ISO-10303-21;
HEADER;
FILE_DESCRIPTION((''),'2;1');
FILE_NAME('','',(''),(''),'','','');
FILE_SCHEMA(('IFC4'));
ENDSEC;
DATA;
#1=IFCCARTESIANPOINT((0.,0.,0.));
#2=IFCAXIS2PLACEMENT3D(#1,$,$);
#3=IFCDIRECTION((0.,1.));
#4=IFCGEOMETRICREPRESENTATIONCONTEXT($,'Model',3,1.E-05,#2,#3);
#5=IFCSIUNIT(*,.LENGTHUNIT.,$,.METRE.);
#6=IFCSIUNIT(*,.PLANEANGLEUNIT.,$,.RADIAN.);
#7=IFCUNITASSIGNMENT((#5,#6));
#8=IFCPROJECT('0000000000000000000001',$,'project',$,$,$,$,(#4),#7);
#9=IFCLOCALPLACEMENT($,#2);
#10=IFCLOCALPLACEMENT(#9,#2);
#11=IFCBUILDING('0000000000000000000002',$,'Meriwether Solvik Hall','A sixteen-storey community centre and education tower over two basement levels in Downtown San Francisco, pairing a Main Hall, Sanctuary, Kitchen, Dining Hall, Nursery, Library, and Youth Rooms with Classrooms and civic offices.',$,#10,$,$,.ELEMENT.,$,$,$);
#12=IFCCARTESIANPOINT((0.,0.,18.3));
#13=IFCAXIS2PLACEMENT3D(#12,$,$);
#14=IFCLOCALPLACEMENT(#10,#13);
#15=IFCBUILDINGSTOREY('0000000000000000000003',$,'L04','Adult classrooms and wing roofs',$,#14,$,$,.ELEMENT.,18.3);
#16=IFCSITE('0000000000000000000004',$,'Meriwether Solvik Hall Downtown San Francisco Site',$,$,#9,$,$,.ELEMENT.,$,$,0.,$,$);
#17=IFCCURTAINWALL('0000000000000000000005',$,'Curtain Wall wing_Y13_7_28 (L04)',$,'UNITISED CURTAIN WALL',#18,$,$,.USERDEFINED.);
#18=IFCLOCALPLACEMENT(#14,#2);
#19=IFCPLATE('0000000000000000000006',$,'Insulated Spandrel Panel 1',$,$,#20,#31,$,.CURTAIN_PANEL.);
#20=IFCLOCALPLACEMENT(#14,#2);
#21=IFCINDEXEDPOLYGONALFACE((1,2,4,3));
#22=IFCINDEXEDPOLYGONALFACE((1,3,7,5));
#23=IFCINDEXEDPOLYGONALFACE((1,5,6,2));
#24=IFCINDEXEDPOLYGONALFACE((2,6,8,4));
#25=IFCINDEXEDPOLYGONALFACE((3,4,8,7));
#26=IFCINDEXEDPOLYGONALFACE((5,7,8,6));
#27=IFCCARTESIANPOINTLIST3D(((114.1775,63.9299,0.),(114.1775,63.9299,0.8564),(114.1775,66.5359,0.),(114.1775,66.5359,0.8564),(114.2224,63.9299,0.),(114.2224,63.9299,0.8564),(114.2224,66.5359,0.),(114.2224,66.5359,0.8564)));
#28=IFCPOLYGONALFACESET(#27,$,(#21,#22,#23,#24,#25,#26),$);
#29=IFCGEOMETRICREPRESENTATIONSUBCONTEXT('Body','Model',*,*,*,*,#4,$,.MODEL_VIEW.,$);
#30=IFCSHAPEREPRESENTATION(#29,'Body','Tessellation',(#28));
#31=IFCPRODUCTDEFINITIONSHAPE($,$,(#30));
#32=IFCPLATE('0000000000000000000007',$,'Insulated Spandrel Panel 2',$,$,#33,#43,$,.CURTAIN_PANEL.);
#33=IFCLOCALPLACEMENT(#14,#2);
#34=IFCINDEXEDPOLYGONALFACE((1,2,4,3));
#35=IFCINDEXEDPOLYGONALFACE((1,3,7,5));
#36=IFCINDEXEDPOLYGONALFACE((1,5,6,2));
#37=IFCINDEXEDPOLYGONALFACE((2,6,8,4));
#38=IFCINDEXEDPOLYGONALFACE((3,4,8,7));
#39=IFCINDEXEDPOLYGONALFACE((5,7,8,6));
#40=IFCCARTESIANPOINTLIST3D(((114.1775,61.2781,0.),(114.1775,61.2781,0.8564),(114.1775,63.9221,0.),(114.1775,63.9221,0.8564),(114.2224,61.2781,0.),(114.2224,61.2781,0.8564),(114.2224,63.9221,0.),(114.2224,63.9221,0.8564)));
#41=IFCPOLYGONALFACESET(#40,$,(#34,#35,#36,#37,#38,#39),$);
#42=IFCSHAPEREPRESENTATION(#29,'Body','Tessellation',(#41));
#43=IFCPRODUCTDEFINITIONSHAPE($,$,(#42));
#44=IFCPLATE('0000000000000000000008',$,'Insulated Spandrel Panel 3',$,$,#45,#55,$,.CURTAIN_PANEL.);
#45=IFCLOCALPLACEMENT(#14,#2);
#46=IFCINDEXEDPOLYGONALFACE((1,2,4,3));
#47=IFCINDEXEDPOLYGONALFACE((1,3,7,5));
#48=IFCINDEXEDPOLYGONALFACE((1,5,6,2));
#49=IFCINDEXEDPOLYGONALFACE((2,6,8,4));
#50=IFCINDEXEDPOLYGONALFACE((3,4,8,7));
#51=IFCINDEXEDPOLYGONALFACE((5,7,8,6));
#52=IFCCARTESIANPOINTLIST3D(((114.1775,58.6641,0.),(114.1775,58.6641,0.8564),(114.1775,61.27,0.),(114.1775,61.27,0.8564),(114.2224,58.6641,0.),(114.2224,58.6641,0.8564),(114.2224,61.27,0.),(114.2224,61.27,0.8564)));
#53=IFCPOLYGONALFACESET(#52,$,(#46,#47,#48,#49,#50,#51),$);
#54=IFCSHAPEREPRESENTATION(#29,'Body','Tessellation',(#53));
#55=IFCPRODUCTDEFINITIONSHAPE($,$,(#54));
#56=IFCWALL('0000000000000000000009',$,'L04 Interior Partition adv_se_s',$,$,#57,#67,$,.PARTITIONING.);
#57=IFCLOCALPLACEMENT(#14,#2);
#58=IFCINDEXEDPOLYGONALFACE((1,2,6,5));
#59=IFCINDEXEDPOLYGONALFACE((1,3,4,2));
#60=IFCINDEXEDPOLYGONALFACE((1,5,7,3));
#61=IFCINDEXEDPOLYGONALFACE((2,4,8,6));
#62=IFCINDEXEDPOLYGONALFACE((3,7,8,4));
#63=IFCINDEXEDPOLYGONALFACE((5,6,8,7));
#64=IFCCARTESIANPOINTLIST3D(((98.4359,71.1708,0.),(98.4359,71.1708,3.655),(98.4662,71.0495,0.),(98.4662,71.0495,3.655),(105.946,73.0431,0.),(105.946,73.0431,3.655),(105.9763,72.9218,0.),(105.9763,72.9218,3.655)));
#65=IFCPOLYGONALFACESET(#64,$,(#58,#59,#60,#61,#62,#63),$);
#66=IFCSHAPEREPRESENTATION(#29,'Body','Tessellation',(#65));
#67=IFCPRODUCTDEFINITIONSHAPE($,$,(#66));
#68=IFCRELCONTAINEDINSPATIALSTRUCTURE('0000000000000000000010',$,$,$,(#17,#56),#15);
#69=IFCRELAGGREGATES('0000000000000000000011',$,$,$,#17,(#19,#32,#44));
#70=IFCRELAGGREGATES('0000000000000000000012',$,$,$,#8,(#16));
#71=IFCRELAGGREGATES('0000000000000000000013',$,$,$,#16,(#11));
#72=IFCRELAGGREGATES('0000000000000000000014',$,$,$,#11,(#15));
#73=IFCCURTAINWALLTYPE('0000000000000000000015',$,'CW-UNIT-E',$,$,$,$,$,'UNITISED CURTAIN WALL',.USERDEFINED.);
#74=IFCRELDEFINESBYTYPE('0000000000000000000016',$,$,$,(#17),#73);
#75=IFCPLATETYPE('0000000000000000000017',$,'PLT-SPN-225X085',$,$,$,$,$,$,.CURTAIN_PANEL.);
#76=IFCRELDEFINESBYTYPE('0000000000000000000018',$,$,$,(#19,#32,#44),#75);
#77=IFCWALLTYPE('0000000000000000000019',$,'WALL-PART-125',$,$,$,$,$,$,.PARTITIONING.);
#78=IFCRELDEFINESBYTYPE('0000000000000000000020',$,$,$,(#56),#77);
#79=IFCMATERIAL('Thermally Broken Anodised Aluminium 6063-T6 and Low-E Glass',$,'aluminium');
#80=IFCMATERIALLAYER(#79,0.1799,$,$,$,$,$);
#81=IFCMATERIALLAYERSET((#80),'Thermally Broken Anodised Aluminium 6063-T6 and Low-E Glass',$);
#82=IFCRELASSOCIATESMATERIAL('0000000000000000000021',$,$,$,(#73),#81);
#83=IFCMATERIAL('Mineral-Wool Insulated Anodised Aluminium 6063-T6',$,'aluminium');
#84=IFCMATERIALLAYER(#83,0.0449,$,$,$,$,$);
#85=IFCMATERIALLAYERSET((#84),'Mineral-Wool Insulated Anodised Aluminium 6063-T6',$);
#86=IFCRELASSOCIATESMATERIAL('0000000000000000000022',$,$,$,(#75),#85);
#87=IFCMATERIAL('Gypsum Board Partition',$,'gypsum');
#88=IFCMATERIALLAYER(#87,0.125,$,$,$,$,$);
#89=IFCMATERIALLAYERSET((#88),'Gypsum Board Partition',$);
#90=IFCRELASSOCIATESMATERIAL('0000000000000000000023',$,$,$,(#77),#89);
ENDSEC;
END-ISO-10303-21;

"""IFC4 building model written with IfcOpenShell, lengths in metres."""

from ifc_helpers import new_model, si_unit, direction, frame, frame_2d, origin, origin_2d, place, context, subcontext, project, spatial, rectangle, extrude, material, layer, layer_set, type_object, element, aggregate, save


model = new_model("IFC4")

# Units and contexts
model_context = context("Model", 3, precision=1e-05, world=origin(), true_north=direction((0.0, 1.0)))
body_context = subcontext(model_context, "Body", "Model", "MODEL_VIEW")
ifc_project = project(units=[si_unit("LENGTHUNIT", "METRE"), si_unit("PLANEANGLEUNIT", "RADIAN")], contexts=[model_context])

# Site, building, storey
site_placement = place(None, origin())
site = spatial("IfcSite", under=ifc_project, at=site_placement, Name="Meriwether Solvik Hall Downtown San Francisco Site", CompositionType="ELEMENT", RefElevation=0.0)
building_placement = place(site_placement, origin())
building = spatial("IfcBuilding", under=site, at=building_placement, Name="Meriwether Solvik Hall", Description="A sixteen-storey community centre and education tower over two basement levels in Downtown San Francisco, pairing a Main Hall, Sanctuary, Kitchen, Dining Hall, Nursery, Library, and Youth Rooms with Classrooms and civic offices.", CompositionType="ELEMENT")
storey_placement = place(building_placement, frame((0.0, 0.0, 18.3)))
storey = spatial("IfcBuildingStorey", under=building, at=storey_placement, Name="L04", Description="Adult classrooms and wing roofs", CompositionType="ELEMENT", Elevation=18.3)

# Curtain wall
ifc_material_1 = material(Name="Thermally Broken Anodised Aluminium 6063-T6 and Low-E Glass", Category="aluminium")
ifc_layer_1 = layer(ifc_material_1, 0.1799)
ifc_layer_set_1 = layer_set([ifc_layer_1], Name="Thermally Broken Anodised Aluminium 6063-T6 and Low-E Glass")
curtain_wall_type = type_object("IfcCurtainWallType", Name="CW-UNIT-E", ElementType="UNITISED CURTAIN WALL", PredefinedType="USERDEFINED", material=ifc_layer_set_1)
curtain_wall_placement = place(storey_placement, origin())
curtain_wall = element("IfcCurtainWall", 1, at=curtain_wall_placement, inside=storey, type_object=curtain_wall_type, Name="Curtain Wall wing_Y13_7_28 (L04)", ObjectType="UNITISED CURTAIN WALL", PredefinedType="USERDEFINED")

# Plates
ifc_material_2 = material(Name="Mineral-Wool Insulated Anodised Aluminium 6063-T6", Category="aluminium")
ifc_layer_2 = layer(ifc_material_2, 0.0449)
ifc_layer_set_2 = layer_set([ifc_layer_2], Name="Mineral-Wool Insulated Anodised Aluminium 6063-T6")
plate_type_1 = type_object("IfcPlateType", Name="PLT-SPN-225X085", PredefinedType="CURTAIN_PANEL", material=ifc_layer_set_2)
plate_1_placement = place(storey_placement, frame((114.2, 65.2329, 0.0), z_axis=(0.0, 0.0, 1.0), x_axis=(0.0, -1.0, 0.0)))
plate_1 = element("IfcPlate", 2, at=plate_1_placement, type_object=plate_type_1, Name="Insulated Spandrel Panel 1", PredefinedType="CURTAIN_PANEL", context=body_context, shape_type="SweptSolid", body=[
    extrude(rectangle(XDim=2.606, YDim=0.0449, at=origin_2d()), origin(), (0.0, 0.0, 1.0), 0.8564),
])
plate_2_placement = place(storey_placement, frame((114.2, 62.6001, 0.0), z_axis=(0.0, 0.0, 1.0), x_axis=(0.0, -1.0, 0.0)))
plate_2 = element("IfcPlate", 3, at=plate_2_placement, type_object=plate_type_1, Name="Insulated Spandrel Panel 2", PredefinedType="CURTAIN_PANEL", context=body_context, shape_type="SweptSolid", body=[
    extrude(rectangle(XDim=2.644, YDim=0.0449, at=origin_2d()), origin(), (0.0, 0.0, 1.0), 0.8564),
])
plate_3_placement = place(storey_placement, frame((114.2, 59.967, 0.0), z_axis=(0.0, 0.0, 1.0), x_axis=(0.0, -1.0, 0.0)))
plate_3 = element("IfcPlate", 4, at=plate_3_placement, type_object=plate_type_1, Name="Insulated Spandrel Panel 3", PredefinedType="CURTAIN_PANEL", context=body_context, shape_type="SweptSolid", body=[
    extrude(rectangle(XDim=2.606, YDim=0.0449, at=origin_2d()), origin(), (0.0, 0.0, 1.0), 0.8564),
])
aggregate(curtain_wall, [plate_1, plate_2, plate_3])

# Wall
ifc_material_3 = material(Name="Gypsum Board Partition", Category="gypsum")
ifc_layer_3 = layer(ifc_material_3, 0.125)
ifc_layer_set_3 = layer_set([ifc_layer_3], Name="Gypsum Board Partition")
wall_type = type_object("IfcWallType", Name="WALL-PART-125", PredefinedType="PARTITIONING", material=ifc_layer_set_3)
wall_placement = place(storey_placement, frame((98.4509, 71.1101, 0.0), z_axis=(0.0, 0.0, 1.0), x_axis=(0.9703, 0.241905, 0.0)))
element("IfcWall", 5, at=wall_placement, inside=storey, type_object=wall_type, Name="L04 Interior Partition adv_se_s", PredefinedType="PARTITIONING", context=body_context, shape_type="SweptSolid", body=[
    extrude(rectangle(XDim=7.74, YDim=0.125, at=frame_2d((3.8701, 0.0))), origin(), (0.0, 0.0, 1.0), 3.655),
])

save(model, "model.ifc")
